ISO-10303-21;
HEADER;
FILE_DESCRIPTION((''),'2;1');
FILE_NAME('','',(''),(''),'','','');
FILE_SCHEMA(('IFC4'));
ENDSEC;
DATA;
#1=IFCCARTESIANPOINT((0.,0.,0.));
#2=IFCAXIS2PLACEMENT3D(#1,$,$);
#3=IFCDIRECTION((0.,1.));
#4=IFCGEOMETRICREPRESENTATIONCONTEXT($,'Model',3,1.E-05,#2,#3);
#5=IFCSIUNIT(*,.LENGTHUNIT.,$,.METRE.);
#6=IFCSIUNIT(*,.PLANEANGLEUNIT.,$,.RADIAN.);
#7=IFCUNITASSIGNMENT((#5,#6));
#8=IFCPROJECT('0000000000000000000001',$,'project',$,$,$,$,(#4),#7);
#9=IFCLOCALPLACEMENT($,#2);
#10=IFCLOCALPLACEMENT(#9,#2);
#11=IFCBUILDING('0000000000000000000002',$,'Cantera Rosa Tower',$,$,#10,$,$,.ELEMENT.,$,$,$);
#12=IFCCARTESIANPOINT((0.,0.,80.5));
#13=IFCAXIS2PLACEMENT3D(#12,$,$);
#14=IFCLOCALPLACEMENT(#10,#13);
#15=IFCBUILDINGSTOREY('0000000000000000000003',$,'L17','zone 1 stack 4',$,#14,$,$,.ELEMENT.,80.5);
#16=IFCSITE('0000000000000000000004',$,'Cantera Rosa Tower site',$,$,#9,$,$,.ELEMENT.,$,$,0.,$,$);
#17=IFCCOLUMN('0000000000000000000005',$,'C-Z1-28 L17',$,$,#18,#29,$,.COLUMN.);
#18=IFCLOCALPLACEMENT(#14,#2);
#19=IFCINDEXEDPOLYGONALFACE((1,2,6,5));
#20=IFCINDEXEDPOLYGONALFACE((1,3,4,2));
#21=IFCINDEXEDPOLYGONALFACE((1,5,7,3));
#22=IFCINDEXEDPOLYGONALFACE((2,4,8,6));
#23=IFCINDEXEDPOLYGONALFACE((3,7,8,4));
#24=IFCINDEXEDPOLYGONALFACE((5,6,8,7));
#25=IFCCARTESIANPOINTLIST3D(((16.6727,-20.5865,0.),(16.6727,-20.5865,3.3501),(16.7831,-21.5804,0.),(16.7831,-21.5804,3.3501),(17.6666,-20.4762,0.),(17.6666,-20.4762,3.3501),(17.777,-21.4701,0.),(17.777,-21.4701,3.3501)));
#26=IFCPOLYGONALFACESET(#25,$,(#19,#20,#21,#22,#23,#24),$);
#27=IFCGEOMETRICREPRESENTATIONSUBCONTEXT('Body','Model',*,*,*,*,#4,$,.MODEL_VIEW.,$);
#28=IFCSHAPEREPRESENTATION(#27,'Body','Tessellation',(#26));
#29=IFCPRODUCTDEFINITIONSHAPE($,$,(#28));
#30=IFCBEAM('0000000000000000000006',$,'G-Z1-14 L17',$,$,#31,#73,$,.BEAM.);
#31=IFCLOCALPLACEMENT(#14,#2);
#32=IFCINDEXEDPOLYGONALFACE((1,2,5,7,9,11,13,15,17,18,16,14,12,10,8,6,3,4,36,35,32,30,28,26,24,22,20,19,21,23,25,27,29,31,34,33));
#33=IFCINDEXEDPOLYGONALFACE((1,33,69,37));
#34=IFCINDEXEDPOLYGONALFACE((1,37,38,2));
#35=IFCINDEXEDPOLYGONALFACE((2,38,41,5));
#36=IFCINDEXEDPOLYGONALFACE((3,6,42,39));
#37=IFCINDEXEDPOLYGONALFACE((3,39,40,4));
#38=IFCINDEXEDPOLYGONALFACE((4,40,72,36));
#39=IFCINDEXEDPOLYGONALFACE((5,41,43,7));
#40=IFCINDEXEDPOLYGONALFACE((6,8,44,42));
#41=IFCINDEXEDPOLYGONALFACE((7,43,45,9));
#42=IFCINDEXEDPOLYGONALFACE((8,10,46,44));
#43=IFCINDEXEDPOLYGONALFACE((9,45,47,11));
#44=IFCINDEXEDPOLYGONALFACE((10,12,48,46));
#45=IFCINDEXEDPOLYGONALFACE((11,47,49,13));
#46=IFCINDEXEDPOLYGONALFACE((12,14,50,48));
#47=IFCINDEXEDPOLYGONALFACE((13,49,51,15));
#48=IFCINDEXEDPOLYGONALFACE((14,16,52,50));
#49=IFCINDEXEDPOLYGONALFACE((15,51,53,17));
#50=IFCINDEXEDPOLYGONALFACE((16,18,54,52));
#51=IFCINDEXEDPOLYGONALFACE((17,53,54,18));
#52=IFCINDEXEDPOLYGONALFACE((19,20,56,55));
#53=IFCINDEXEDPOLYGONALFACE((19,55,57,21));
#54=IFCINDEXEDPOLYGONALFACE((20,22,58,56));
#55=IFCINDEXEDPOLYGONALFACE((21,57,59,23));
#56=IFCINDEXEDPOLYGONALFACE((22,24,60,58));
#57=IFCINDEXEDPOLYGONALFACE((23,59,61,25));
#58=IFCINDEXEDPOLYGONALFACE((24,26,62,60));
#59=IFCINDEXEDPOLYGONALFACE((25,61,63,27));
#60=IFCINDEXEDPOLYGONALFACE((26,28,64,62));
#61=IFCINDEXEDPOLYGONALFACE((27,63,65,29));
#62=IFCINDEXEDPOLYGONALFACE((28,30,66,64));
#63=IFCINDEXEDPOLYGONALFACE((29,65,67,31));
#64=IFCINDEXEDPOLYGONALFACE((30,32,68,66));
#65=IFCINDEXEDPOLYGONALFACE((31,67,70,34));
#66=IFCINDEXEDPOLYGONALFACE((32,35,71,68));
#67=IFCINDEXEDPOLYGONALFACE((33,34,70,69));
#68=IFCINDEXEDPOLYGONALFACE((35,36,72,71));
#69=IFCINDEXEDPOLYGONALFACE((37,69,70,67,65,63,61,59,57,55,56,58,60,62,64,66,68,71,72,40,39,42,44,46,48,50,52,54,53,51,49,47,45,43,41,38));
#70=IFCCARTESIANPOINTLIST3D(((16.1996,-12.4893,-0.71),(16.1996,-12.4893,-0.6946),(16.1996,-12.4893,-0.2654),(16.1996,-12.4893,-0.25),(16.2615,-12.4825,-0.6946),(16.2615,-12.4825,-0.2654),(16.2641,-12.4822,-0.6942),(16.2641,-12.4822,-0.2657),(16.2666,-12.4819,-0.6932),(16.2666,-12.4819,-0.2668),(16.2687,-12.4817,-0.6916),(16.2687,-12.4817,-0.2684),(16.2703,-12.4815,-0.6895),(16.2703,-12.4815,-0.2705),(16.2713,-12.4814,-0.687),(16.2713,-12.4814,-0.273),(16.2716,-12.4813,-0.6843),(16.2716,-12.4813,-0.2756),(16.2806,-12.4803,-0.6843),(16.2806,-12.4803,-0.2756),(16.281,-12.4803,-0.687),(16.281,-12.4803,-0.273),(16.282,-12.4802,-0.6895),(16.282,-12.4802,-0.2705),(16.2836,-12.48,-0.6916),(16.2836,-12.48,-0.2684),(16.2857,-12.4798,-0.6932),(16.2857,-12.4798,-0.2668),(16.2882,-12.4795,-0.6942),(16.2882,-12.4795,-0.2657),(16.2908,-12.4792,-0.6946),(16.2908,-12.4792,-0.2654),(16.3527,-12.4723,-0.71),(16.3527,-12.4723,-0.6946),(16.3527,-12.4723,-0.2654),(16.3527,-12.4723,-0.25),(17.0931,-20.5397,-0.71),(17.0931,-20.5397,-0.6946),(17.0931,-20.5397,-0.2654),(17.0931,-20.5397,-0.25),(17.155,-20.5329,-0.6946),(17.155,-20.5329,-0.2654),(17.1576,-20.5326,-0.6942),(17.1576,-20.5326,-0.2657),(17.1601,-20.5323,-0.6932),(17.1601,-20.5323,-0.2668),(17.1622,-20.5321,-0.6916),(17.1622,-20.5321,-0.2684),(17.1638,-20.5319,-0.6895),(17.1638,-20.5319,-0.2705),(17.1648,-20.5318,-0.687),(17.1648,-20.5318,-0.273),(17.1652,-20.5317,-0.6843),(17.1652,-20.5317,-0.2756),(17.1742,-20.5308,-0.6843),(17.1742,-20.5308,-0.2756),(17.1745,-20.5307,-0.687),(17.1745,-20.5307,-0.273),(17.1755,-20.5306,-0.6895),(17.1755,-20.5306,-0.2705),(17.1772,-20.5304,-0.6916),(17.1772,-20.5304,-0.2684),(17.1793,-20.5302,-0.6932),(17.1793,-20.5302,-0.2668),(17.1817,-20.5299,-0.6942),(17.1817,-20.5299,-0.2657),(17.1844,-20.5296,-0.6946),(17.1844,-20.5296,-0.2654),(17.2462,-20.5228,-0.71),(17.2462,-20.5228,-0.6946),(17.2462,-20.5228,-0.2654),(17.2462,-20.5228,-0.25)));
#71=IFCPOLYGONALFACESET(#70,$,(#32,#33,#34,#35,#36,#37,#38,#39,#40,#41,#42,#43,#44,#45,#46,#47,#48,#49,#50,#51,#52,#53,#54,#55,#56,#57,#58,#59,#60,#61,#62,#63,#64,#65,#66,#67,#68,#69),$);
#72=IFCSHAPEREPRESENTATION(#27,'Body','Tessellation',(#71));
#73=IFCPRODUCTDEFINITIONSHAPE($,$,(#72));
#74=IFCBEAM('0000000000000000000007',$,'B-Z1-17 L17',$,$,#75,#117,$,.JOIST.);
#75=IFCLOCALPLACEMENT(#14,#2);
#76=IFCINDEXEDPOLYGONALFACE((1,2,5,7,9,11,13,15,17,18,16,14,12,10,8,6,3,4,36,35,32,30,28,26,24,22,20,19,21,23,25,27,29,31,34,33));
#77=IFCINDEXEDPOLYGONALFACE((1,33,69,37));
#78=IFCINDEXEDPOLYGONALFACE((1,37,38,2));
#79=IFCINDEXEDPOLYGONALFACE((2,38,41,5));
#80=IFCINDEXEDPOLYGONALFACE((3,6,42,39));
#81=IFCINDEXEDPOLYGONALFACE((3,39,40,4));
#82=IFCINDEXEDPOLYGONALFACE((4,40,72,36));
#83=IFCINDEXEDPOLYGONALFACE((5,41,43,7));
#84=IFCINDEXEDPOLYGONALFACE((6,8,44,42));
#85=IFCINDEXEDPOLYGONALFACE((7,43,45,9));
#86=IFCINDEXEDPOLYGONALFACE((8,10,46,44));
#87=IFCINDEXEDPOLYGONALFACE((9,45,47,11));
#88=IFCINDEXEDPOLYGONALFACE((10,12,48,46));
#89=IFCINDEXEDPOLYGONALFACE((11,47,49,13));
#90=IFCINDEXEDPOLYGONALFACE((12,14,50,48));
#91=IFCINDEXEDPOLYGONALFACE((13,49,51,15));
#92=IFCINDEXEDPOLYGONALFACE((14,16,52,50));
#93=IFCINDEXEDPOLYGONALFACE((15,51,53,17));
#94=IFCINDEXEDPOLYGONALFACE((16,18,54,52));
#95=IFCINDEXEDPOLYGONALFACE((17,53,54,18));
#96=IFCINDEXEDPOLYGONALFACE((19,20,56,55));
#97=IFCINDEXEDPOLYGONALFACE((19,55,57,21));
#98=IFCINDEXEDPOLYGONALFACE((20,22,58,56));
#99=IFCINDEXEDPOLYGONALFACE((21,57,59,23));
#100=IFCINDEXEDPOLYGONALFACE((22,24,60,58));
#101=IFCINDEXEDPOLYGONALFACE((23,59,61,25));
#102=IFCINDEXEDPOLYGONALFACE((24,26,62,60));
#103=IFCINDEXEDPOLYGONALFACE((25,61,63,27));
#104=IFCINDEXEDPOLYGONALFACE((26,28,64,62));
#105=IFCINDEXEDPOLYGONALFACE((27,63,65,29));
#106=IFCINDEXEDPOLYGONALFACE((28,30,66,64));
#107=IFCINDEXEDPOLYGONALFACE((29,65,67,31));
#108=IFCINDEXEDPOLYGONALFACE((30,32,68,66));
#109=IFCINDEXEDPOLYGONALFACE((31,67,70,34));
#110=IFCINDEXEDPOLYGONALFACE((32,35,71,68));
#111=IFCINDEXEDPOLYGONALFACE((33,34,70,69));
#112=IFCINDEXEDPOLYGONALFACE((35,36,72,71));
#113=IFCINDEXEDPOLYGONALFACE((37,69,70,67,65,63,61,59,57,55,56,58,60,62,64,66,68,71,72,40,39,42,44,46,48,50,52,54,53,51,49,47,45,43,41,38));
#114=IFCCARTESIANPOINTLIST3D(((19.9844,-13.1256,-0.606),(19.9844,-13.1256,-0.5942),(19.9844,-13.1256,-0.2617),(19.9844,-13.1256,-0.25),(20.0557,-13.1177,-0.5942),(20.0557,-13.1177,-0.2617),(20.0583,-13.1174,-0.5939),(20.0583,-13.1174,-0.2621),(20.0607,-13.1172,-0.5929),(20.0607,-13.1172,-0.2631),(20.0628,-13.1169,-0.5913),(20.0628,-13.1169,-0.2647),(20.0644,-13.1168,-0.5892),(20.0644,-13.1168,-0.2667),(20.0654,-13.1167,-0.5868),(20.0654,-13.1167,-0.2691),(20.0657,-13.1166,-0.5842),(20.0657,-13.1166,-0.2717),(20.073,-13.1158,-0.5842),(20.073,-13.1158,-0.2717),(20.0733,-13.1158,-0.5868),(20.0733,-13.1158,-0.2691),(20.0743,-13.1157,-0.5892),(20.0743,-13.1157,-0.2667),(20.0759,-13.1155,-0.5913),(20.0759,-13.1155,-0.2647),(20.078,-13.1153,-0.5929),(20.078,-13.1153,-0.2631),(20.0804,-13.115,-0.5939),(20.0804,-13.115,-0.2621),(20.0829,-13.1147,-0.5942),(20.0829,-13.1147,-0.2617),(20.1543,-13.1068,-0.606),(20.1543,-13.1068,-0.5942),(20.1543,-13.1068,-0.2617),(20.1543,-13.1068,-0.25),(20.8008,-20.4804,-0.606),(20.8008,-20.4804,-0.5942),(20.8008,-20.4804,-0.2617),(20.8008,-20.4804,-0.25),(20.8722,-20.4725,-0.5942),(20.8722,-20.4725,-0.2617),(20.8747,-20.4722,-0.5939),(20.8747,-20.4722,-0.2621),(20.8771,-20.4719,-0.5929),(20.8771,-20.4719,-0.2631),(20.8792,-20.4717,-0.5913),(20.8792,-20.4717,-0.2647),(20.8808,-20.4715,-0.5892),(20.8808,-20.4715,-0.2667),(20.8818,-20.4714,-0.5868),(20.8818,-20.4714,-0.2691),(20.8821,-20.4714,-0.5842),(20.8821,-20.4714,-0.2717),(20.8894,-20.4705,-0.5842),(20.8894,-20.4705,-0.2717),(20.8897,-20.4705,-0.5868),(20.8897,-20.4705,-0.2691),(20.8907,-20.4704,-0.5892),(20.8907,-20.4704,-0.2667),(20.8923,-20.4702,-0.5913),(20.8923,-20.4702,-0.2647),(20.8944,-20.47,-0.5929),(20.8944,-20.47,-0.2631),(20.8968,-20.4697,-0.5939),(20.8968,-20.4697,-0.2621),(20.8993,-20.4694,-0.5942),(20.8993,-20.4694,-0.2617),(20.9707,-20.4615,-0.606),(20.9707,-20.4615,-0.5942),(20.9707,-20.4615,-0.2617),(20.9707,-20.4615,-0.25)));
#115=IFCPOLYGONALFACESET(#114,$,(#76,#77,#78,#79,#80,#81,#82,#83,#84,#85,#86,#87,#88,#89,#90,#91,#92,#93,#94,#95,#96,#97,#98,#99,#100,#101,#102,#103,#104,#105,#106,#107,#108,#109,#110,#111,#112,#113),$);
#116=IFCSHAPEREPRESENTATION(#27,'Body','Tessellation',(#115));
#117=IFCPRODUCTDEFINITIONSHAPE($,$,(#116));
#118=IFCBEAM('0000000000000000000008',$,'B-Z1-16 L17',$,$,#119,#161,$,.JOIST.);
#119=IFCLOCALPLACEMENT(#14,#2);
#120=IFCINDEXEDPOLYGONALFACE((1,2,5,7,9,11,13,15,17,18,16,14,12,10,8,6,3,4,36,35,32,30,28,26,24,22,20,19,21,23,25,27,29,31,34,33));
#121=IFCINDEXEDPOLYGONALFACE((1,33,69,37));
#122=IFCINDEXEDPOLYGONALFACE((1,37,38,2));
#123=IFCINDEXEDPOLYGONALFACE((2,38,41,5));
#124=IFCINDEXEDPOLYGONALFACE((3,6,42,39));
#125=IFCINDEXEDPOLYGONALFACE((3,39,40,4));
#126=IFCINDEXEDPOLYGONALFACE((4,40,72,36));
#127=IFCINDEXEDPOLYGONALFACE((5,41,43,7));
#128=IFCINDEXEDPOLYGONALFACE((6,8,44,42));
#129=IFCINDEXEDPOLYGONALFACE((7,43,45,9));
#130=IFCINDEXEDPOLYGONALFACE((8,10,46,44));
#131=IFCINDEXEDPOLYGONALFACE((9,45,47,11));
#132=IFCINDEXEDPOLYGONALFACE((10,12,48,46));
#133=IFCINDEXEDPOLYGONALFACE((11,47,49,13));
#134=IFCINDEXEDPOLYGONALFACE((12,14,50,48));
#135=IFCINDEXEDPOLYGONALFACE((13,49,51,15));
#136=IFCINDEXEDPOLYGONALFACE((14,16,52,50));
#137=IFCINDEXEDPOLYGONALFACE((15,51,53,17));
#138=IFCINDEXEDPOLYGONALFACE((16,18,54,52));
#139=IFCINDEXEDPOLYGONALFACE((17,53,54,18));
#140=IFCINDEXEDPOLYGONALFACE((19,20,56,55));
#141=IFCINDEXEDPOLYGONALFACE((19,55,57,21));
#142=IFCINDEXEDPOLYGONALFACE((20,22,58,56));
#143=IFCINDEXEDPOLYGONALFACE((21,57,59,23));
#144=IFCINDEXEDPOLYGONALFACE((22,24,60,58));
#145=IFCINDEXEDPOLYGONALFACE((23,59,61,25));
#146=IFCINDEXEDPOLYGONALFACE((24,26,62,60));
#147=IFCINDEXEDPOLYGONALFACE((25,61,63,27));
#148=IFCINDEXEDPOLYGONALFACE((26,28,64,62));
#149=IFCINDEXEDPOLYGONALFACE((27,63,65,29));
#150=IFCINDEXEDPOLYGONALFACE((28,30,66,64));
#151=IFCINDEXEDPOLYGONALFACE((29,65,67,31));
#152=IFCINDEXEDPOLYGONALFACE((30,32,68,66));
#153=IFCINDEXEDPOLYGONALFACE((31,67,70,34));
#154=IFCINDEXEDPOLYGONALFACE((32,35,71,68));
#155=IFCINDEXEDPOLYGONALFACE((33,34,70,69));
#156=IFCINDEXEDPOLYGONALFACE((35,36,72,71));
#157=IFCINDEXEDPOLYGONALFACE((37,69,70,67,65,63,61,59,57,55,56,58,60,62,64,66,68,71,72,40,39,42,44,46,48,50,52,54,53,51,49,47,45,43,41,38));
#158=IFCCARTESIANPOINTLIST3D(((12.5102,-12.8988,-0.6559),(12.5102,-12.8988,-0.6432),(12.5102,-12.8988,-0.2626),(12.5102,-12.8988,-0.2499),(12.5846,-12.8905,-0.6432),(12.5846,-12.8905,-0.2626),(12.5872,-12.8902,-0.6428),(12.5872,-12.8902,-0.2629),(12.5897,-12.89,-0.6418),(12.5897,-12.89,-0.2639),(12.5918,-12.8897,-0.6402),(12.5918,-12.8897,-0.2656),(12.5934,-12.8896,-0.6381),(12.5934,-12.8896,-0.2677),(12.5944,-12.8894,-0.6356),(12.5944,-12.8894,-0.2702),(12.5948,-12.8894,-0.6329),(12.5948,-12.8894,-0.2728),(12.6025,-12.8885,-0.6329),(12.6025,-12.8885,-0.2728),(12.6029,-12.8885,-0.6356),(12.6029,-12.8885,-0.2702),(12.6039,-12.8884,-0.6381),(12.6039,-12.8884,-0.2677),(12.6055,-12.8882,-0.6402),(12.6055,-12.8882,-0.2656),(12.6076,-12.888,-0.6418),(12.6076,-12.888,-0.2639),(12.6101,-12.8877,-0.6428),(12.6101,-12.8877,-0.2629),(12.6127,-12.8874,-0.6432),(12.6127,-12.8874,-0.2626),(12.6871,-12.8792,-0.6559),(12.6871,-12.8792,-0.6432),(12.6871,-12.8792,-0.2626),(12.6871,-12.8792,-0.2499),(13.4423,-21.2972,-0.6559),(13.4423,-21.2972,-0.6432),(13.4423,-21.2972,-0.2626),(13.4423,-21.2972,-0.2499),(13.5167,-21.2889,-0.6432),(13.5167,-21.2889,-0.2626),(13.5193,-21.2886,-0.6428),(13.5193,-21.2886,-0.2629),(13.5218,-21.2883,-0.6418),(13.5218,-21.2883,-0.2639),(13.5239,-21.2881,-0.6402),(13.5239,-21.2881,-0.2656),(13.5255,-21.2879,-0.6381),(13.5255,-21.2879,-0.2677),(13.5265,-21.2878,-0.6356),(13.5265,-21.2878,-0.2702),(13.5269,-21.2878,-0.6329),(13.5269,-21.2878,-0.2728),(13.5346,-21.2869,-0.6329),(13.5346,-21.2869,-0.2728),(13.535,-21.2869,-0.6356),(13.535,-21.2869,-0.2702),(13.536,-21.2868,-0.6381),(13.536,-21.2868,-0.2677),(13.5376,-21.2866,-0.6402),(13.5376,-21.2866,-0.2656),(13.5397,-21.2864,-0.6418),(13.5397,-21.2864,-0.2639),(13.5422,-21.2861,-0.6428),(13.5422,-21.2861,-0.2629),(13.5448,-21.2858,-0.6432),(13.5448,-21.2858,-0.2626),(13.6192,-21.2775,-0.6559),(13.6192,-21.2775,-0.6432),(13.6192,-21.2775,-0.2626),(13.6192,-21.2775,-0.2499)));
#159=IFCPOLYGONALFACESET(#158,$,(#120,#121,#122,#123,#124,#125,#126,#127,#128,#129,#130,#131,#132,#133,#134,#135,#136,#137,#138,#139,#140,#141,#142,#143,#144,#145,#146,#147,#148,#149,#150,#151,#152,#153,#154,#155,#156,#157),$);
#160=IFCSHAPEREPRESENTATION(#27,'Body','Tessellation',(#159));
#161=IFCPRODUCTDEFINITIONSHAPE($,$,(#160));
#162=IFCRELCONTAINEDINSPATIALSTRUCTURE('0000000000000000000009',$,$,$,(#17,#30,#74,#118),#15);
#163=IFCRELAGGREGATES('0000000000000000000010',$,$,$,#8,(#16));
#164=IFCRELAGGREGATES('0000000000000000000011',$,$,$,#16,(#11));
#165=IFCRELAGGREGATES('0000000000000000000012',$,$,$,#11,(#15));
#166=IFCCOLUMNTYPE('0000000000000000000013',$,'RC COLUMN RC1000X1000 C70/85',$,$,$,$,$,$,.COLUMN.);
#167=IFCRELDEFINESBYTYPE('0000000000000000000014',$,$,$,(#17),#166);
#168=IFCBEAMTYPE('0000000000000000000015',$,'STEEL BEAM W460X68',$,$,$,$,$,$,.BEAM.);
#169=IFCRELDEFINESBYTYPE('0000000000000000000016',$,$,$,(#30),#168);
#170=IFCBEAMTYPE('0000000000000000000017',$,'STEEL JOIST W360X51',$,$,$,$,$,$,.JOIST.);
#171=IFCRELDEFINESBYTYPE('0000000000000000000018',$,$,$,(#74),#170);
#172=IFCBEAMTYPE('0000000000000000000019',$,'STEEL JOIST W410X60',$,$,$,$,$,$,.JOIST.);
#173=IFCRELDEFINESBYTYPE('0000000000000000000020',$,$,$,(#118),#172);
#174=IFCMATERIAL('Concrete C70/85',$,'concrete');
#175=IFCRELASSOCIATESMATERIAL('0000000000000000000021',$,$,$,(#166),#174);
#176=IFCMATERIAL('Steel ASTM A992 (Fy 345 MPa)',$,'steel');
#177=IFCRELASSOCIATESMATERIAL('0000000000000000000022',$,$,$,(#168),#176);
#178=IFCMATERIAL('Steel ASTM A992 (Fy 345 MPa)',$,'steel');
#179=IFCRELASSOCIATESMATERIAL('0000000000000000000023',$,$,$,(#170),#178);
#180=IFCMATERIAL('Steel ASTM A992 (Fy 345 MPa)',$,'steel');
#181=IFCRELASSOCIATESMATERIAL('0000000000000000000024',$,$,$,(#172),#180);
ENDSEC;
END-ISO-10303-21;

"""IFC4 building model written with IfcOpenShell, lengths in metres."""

from ifc_helpers import new_model, si_unit, direction, frame, origin, origin_2d, place, context, subcontext, project, spatial, rectangle, i_section, extrude, material, material_profile, profile_set, type_object, element, save


model = new_model("IFC4")

# Units and contexts
model_context = context("Model", 3, precision=1e-05, world=origin(), true_north=direction((0.0, 1.0)))
body_context = subcontext(model_context, "Body", "Model", "MODEL_VIEW")
ifc_project = project(units=[si_unit("LENGTHUNIT", "METRE"), si_unit("PLANEANGLEUNIT", "RADIAN")], contexts=[model_context])

# Site, building, storey
site_placement = place(None, origin())
site = spatial("IfcSite", under=ifc_project, at=site_placement, Name="Cantera Rosa Tower site", CompositionType="ELEMENT", RefElevation=0.0)
building_placement = place(site_placement, origin())
building = spatial("IfcBuilding", under=site, at=building_placement, Name="Cantera Rosa Tower", CompositionType="ELEMENT")
storey_placement = place(building_placement, frame((0.0, 0.0, 80.5)))
storey = spatial("IfcBuildingStorey", under=building, at=storey_placement, Name="L17", Description="zone 1 stack 4", CompositionType="ELEMENT", Elevation=80.5)

# Column
ifc_material_1 = material(Name="Concrete C70/85", Category="concrete")
ifc_material_profile_1 = material_profile(ifc_material_1, rectangle(XDim=1.0, YDim=1.0, at=origin_2d()), Name="RC COLUMN RC1000X1000 C70/85")
ifc_profile_set_1 = profile_set([ifc_material_profile_1], Name="Concrete C70/85")
column_type = type_object("IfcColumnType", Name="RC COLUMN RC1000X1000 C70/85", PredefinedType="COLUMN", material=ifc_profile_set_1)
column_placement = place(storey_placement, frame((17.2249, -21.0283, 0.0), z_axis=(0.0, 0.0, 1.0), x_axis=(0.993897, 0.110313, 0.0)))
element("IfcColumn", 1, at=column_placement, inside=storey, type_object=column_type, Name="C-Z1-28 L17", PredefinedType="COLUMN", context=body_context, shape_type="SweptSolid", body=[
    extrude(rectangle(XDim=1.0, YDim=1.0, at=origin_2d()), origin(), (0.0, 0.0, 1.0), 3.3501),
])

# Beams
ifc_material_2 = material(Name="Steel ASTM A992 (Fy 345 MPa)", Category="steel")
ifc_material_profile_2 = material_profile(ifc_material_2, i_section(OverallWidth=0.1541, OverallDepth=0.46, WebThickness=0.009, FlangeThickness=0.0154, FilletRadius=0.0103, at=origin_2d()), Name="W460X68")
ifc_profile_set_2 = profile_set([ifc_material_profile_2], Name="Steel ASTM A992 (Fy 345 MPa)")
beam_type_1 = type_object("IfcBeamType", Name="STEEL BEAM W460X68", PredefinedType="BEAM", material=ifc_profile_set_2)
beam_1_placement = place(storey_placement, frame((17.1697, -20.5312, -0.48), z_axis=(-0.110316, 0.993897, 0.0), x_axis=(-0.993897, -0.110316, 0.0)))
element("IfcBeam", 2, at=beam_1_placement, inside=storey, type_object=beam_type_1, Name="G-Z1-14 L17", PredefinedType="BEAM", context=body_context, shape_type="SweptSolid", body=[
    extrude(i_section(OverallWidth=0.1541, OverallDepth=0.46, WebThickness=0.009, FlangeThickness=0.0154, FilletRadius=0.0103, at=origin_2d()), origin(), (0.0, 0.0, 1.0), 8.0999),
])
ifc_material_3 = material(Name="Steel ASTM A992 (Fy 345 MPa)", Category="steel")
ifc_material_profile_3 = material_profile(ifc_material_3, i_section(OverallWidth=0.1709, OverallDepth=0.356, WebThickness=0.0073, FlangeThickness=0.0117, FilletRadius=0.01, at=origin_2d()), Name="W360X51")
ifc_profile_set_3 = profile_set([ifc_material_profile_3], Name="Steel ASTM A992 (Fy 345 MPa)")
beam_type_2 = type_object("IfcBeamType", Name="STEEL JOIST W360X51", PredefinedType="JOIST", material=ifc_profile_set_3)
beam_2_placement = place(storey_placement, frame((20.8857, -20.4709, -0.428), z_axis=(-0.110327, 0.993895, 0.0), x_axis=(-0.993895, -0.110327, 0.0)))
element("IfcBeam", 3, at=beam_2_placement, inside=storey, type_object=beam_type_2, Name="B-Z1-17 L17", PredefinedType="JOIST", context=body_context, shape_type="SweptSolid", body=[
    extrude(i_section(OverallWidth=0.1709, OverallDepth=0.356, WebThickness=0.0073, FlangeThickness=0.0117, FilletRadius=0.01, at=origin_2d()), origin(), (0.0, 0.0, 1.0), 7.3999),
])
ifc_material_4 = material(Name="Steel ASTM A992 (Fy 345 MPa)", Category="steel")
ifc_material_profile_4 = material_profile(ifc_material_4, i_section(OverallWidth=0.178, OverallDepth=0.406, WebThickness=0.0078, FlangeThickness=0.0127, FilletRadius=0.0103, at=origin_2d()), Name="W410X60")
ifc_profile_set_4 = profile_set([ifc_material_profile_4], Name="Steel ASTM A992 (Fy 345 MPa)")
beam_type_3 = type_object("IfcBeamType", Name="STEEL JOIST W410X60", PredefinedType="JOIST", material=ifc_profile_set_4)
beam_3_placement = place(storey_placement, frame((13.5308, -21.2874, -0.4529), z_axis=(-0.110311, 0.993897, 0.0), x_axis=(-0.993897, -0.110311, 0.0)))
element("IfcBeam", 4, at=beam_3_placement, inside=storey, type_object=beam_type_3, Name="B-Z1-16 L17", PredefinedType="JOIST", context=body_context, shape_type="SweptSolid", body=[
    extrude(i_section(OverallWidth=0.178, OverallDepth=0.406, WebThickness=0.0078, FlangeThickness=0.0127, FilletRadius=0.0103, at=origin_2d()), origin(), (0.0, 0.0, 1.0), 8.45),
])

save(model, "model.ifc")
